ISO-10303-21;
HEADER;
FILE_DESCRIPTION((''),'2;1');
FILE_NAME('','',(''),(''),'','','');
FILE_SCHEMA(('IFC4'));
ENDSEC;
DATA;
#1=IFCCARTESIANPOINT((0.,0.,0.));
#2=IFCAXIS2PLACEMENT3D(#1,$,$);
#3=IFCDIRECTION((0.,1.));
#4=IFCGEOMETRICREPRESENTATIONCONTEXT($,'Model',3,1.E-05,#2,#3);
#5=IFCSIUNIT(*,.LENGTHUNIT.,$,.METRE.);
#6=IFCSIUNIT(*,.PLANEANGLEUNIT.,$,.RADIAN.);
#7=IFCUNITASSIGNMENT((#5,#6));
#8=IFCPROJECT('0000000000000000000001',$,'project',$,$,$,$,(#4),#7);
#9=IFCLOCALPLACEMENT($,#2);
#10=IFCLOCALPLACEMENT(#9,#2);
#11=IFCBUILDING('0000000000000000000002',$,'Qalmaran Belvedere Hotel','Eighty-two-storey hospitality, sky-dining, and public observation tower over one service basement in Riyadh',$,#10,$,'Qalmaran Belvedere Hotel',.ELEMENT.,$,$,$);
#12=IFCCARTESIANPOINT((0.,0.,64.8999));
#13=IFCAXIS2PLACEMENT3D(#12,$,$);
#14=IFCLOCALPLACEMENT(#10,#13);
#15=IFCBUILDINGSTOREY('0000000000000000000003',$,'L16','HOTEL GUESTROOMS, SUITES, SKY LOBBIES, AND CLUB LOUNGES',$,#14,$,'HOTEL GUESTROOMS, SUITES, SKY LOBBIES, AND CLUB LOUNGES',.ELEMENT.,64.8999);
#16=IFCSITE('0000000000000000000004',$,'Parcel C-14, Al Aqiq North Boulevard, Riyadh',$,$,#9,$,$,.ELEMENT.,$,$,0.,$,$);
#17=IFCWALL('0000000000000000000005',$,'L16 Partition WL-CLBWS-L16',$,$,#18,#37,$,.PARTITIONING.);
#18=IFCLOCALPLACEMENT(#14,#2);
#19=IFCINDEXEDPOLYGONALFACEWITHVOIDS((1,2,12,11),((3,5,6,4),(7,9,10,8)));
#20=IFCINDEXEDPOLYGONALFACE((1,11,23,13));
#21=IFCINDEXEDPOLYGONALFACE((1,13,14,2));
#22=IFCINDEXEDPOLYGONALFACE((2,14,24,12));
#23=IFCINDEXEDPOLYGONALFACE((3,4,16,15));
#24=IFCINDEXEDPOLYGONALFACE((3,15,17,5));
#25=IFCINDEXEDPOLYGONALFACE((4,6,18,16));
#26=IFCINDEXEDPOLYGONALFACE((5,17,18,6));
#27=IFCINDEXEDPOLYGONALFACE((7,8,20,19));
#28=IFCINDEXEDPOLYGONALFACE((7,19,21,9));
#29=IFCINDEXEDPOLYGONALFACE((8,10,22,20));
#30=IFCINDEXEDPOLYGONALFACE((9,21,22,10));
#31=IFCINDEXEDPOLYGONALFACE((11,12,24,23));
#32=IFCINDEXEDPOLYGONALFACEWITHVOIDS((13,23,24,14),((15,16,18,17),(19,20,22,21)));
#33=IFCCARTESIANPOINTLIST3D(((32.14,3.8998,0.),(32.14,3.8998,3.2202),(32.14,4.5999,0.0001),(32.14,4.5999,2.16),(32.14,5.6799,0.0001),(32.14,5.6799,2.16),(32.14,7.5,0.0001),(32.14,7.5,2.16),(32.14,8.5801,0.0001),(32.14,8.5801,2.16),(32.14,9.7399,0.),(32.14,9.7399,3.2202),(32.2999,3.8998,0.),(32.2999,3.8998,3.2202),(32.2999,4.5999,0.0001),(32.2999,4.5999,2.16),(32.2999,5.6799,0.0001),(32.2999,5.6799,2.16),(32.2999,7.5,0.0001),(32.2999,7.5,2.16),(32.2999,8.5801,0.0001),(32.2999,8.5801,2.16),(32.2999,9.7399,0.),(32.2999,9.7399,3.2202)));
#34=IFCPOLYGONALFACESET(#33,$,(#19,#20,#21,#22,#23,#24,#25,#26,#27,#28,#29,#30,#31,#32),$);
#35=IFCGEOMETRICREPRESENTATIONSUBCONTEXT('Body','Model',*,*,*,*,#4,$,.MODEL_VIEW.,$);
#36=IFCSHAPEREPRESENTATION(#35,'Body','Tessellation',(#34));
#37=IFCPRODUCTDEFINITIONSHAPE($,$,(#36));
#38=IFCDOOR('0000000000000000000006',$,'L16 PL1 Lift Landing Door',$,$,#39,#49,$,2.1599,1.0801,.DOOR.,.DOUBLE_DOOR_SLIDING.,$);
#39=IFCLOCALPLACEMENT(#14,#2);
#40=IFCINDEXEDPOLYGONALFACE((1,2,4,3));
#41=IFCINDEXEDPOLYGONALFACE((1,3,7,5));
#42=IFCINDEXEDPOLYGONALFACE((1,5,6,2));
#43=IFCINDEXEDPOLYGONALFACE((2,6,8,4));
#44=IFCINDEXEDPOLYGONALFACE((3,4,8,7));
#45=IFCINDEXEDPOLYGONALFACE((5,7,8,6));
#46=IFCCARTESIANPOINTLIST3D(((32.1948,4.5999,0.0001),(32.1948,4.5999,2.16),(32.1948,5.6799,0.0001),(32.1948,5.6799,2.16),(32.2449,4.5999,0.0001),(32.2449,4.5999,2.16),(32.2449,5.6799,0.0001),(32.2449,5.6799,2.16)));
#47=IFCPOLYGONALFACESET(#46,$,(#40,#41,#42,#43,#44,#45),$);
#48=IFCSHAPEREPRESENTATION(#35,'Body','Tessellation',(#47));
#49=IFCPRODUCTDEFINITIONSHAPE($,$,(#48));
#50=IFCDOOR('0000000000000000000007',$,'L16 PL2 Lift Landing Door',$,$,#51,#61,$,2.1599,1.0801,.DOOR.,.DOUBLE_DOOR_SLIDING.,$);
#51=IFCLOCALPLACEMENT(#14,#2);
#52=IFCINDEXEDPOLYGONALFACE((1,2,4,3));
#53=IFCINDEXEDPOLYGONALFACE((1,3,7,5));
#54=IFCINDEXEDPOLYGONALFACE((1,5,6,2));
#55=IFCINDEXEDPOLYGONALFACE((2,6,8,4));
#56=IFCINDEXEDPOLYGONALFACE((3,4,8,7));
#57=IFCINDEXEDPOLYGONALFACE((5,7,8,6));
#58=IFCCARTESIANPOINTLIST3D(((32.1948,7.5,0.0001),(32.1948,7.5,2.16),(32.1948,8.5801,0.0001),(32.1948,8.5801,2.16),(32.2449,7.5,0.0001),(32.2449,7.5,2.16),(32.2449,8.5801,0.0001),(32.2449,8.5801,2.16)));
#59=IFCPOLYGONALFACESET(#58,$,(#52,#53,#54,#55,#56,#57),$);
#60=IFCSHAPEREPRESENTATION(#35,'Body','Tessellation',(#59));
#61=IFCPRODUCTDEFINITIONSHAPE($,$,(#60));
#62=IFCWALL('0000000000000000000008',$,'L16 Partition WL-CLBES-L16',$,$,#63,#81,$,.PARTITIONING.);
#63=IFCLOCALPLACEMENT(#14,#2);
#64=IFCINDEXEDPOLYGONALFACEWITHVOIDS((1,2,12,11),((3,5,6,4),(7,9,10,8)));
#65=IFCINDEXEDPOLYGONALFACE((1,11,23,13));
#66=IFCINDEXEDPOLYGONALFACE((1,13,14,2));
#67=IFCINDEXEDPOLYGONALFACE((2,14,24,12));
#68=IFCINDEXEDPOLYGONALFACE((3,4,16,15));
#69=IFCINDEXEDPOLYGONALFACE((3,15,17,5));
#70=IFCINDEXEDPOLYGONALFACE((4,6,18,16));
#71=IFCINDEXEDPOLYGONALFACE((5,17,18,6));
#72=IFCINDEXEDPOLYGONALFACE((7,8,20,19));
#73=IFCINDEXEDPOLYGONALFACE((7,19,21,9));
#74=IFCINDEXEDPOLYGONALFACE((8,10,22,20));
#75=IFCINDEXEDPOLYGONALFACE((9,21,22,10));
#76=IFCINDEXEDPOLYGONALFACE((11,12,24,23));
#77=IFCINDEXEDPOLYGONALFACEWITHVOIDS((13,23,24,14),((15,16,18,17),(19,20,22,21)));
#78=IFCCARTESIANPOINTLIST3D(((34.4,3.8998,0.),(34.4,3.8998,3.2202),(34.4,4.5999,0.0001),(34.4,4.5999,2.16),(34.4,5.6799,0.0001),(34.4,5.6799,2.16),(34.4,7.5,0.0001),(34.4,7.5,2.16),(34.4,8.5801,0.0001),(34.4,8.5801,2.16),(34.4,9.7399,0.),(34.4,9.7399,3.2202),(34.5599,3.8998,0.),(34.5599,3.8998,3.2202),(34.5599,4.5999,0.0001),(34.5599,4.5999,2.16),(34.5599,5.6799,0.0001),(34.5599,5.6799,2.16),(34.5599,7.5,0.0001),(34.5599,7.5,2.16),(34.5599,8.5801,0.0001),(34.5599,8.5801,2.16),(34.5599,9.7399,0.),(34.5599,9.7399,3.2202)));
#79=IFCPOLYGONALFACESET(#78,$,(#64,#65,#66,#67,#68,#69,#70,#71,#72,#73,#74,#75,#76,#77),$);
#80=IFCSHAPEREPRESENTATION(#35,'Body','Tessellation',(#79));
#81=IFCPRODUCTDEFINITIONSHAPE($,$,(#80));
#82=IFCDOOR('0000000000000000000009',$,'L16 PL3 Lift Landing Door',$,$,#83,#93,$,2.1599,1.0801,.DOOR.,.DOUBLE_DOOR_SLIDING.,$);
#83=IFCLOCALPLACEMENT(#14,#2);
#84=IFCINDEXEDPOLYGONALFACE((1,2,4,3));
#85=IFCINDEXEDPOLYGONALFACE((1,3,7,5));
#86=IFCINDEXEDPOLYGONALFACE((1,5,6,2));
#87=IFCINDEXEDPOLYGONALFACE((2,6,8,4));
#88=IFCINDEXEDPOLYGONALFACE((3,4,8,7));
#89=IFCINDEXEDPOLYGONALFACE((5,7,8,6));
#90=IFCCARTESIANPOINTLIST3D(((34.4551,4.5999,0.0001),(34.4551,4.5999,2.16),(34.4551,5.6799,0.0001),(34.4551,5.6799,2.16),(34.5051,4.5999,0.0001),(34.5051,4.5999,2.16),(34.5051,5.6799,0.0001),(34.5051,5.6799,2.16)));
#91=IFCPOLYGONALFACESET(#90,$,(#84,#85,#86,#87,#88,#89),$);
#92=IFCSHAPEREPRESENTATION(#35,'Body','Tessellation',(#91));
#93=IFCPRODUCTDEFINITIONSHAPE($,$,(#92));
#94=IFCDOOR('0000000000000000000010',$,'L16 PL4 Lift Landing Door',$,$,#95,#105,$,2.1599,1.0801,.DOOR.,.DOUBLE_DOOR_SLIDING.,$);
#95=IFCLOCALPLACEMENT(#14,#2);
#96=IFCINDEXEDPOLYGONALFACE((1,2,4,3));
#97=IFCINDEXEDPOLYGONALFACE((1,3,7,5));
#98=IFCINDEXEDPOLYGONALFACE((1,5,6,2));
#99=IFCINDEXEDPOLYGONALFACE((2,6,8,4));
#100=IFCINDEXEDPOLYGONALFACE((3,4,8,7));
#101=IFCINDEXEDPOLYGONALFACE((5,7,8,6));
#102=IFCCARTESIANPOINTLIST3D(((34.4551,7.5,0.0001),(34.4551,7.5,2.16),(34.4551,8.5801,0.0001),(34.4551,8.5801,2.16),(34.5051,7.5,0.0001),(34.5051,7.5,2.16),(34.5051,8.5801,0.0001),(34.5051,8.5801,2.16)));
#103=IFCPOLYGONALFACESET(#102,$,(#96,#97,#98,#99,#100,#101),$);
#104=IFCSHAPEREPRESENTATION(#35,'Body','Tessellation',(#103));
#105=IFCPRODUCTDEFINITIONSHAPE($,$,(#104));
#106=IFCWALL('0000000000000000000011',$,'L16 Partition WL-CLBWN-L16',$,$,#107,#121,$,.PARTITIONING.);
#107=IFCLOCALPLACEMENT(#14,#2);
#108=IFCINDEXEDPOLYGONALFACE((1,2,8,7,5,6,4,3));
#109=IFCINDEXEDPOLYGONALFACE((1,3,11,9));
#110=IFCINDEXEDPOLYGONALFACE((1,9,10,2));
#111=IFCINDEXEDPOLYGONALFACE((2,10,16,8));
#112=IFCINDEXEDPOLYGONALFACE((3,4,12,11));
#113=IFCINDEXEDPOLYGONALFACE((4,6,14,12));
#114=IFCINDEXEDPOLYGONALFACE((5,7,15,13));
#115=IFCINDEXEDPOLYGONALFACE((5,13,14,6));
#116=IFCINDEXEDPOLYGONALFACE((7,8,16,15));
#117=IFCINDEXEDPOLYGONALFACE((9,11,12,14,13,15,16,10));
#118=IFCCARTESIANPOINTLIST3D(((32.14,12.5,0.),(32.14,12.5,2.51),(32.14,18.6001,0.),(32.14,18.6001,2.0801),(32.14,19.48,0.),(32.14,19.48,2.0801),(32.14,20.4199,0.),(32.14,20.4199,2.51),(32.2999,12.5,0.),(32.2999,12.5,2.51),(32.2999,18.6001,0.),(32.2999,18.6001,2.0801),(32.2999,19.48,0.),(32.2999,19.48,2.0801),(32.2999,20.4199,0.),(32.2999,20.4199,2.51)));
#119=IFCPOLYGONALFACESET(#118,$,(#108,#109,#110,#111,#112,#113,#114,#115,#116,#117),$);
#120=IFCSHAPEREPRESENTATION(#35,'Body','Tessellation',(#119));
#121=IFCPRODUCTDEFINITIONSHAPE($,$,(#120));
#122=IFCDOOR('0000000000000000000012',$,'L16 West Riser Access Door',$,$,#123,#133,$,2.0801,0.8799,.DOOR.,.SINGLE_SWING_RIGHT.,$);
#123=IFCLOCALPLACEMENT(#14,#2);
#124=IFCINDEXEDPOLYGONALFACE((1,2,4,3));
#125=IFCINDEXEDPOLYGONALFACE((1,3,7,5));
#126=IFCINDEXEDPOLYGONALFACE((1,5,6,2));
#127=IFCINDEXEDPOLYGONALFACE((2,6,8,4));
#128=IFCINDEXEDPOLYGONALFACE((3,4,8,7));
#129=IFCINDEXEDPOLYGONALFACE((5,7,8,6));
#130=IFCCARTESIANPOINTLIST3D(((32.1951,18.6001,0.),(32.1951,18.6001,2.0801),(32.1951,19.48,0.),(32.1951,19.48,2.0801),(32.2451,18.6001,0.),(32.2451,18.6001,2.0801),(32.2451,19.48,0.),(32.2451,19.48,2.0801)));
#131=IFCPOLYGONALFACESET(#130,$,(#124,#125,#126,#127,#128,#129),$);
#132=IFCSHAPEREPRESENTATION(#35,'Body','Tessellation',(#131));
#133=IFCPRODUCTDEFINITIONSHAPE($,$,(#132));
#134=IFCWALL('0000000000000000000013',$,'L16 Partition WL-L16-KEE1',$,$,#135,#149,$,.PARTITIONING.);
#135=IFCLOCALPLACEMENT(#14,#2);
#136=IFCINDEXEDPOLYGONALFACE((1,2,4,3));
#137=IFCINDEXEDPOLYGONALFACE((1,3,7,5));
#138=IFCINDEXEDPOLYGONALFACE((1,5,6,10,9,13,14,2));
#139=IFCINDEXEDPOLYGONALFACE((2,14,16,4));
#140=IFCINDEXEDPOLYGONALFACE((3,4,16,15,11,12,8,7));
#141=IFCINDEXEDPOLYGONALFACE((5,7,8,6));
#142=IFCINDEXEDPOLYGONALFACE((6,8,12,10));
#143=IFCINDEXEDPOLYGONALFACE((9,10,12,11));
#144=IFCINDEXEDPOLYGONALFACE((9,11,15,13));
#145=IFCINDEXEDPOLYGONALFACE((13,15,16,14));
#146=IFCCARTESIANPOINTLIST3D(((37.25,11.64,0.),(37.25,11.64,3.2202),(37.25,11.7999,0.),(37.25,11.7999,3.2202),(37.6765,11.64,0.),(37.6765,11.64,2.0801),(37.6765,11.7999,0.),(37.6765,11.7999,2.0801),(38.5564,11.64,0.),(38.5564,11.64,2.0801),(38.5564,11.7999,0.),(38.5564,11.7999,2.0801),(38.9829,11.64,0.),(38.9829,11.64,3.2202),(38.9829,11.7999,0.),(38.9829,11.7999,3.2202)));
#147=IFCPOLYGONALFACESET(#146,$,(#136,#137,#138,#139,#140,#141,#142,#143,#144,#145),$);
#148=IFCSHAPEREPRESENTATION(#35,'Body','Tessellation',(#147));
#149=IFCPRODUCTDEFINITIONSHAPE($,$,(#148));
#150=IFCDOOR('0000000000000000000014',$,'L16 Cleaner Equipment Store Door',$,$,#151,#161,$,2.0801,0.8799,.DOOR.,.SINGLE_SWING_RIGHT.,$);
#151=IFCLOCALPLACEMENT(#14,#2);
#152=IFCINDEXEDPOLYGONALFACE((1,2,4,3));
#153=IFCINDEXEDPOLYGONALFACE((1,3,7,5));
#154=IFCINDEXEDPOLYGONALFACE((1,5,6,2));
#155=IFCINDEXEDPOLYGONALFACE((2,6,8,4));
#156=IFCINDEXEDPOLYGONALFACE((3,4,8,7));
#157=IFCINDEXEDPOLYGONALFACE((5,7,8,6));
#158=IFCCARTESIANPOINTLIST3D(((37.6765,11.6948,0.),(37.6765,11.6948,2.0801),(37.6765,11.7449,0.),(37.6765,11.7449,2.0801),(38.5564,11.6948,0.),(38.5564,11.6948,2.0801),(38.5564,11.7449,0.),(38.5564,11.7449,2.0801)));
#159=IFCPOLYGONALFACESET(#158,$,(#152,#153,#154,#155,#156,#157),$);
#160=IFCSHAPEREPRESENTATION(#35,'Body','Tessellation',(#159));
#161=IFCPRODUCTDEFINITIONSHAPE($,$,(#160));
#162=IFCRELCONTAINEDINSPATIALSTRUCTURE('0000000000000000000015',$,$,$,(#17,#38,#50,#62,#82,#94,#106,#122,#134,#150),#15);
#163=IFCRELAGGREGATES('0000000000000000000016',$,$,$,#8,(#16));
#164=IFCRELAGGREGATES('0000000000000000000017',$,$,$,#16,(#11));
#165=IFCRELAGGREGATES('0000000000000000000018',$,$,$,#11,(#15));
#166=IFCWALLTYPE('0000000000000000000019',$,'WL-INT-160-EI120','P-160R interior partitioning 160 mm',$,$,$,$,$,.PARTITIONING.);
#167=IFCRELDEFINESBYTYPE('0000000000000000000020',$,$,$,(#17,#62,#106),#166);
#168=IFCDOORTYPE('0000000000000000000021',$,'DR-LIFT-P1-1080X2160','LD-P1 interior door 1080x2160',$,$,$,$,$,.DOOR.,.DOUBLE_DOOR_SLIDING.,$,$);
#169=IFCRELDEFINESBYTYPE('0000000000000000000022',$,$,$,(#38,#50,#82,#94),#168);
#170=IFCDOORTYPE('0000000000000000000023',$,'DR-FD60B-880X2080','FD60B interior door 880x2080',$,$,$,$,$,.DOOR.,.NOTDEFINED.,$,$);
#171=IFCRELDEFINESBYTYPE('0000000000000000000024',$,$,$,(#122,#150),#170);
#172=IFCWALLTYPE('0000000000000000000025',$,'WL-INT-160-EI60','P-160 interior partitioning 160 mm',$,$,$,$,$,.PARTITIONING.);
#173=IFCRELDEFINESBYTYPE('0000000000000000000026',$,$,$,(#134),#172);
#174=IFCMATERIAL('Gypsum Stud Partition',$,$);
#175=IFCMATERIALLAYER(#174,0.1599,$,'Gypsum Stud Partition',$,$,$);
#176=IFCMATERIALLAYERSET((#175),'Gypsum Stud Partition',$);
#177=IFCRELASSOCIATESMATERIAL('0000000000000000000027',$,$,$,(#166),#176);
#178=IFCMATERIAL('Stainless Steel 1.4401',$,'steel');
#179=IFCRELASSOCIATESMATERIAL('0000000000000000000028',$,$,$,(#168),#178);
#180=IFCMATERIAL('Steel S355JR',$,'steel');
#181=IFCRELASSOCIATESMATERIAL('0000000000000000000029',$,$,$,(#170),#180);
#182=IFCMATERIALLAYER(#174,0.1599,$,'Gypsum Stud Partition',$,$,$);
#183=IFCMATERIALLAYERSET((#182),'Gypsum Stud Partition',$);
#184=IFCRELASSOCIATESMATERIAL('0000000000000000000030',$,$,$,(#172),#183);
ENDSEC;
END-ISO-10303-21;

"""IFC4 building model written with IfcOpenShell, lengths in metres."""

from ifc_helpers import new_model, si_unit, direction, frame, frame_2d, origin, place, context, subcontext, project, spatial, rectangle, extrude, material, layer, layer_set, type_object, element, fill, save


model = new_model("IFC4")

# Units and contexts
model_context = context("Model", 3, precision=1e-05, world=origin(), true_north=direction((0.0, 1.0)))
body_context = subcontext(model_context, "Body", "Model", "MODEL_VIEW")
ifc_project = project(units=[si_unit("LENGTHUNIT", "METRE"), si_unit("PLANEANGLEUNIT", "RADIAN")], contexts=[model_context])

# Site, building, storey
site_placement = place(None, origin())
site = spatial("IfcSite", under=ifc_project, at=site_placement, Name="Parcel C-14, Al Aqiq North Boulevard, Riyadh", CompositionType="ELEMENT", RefElevation=0.0)
building_placement = place(site_placement, origin())
building = spatial("IfcBuilding", under=site, at=building_placement, Name="Qalmaran Belvedere Hotel", Description="Eighty-two-storey hospitality, sky-dining, and public observation tower over one service basement in Riyadh", LongName="Qalmaran Belvedere Hotel", CompositionType="ELEMENT")
storey_placement = place(building_placement, frame((0.0, 0.0, 64.8999)))
storey = spatial("IfcBuildingStorey", under=building, at=storey_placement, Name="L16", Description="HOTEL GUESTROOMS, SUITES, SKY LOBBIES, AND CLUB LOUNGES", LongName="HOTEL GUESTROOMS, SUITES, SKY LOBBIES, AND CLUB LOUNGES", CompositionType="ELEMENT", Elevation=64.8999)

# Shared definitions
ifc_material_1 = material(Name="Steel S355JR", Category="steel")

# Shared definitions
ifc_material_2 = material(Name="Gypsum Stud Partition")
ifc_layer_1 = layer(ifc_material_2, 0.1599, Name="Gypsum Stud Partition")
ifc_layer_set_1 = layer_set([ifc_layer_1], Name="Gypsum Stud Partition")
wall_type_1 = type_object("IfcWallType", Name="WL-INT-160-EI120", Description="P-160R interior partitioning 160 mm", PredefinedType="PARTITIONING", material=ifc_layer_set_1)

# Walls, openings, doors
wall_1_placement = place(storey_placement, frame((32.22, 3.8999, 0.0), z_axis=(0.0, 0.0, 1.0), x_axis=(0.0, 1.0, 0.0)))
wall_1 = element("IfcWall", 1, at=wall_1_placement, inside=storey, type_object=wall_type_1, Name="L16 Partition WL-CLBWS-L16", PredefinedType="PARTITIONING", context=body_context, shape_type="SweptSolid", body=[
    extrude(rectangle(XDim=5.8401, YDim=0.1599, at=frame_2d((2.9199, 0.0))), origin(), (0.0, 0.0, 1.0), 3.2202),
])
opening_1_placement = place(wall_1_placement, frame((1.78, 0.0, 0.0), z_axis=(0.0, 0.0, 1.0), x_axis=(-1.0, 0.0, 0.0)))
opening_1 = element("IfcOpeningElement", 2, at=opening_1_placement, cuts=wall_1, PredefinedType="OPENING", context=body_context, shape_type="SweptSolid", body=[
    extrude(rectangle(XDim=1.0801, YDim=2.1599, at=frame_2d((0.54, 1.0801))), frame((0.0, 0.0898, 0.0), z_axis=(0.0, -1.0, 0.0), x_axis=(1.0, 0.0, 0.0)), (0.0, 0.0, 1.0), 0.1799),
])
opening_2_placement = place(wall_1_placement, frame((4.6802, 0.0, 0.0), z_axis=(0.0, 0.0, 1.0), x_axis=(-1.0, 0.0, 0.0)))
opening_2 = element("IfcOpeningElement", 3, at=opening_2_placement, cuts=wall_1, PredefinedType="OPENING", context=body_context, shape_type="SweptSolid", body=[
    extrude(rectangle(XDim=1.0801, YDim=2.1599, at=frame_2d((0.54, 1.0801))), frame((0.0, 0.0898, 0.0), z_axis=(0.0, -1.0, 0.0), x_axis=(1.0, 0.0, 0.0)), (0.0, 0.0, 1.0), 0.1799),
])
ifc_material_3 = material(Name="Stainless Steel 1.4401", Category="steel")
door_type_1 = type_object("IfcDoorType", Name="DR-LIFT-P1-1080X2160", Description="LD-P1 interior door 1080x2160", OperationType="DOUBLE_DOOR_SLIDING", PredefinedType="DOOR", material=ifc_material_3)
door_1_placement = place(opening_1_placement, origin())
door_1 = element("IfcDoor", 4, at=door_1_placement, inside=storey, type_object=door_type_1, Name="L16 PL1 Lift Landing Door", OperationType="DOUBLE_DOOR_SLIDING", OverallHeight=2.1599, OverallWidth=1.0801, PredefinedType="DOOR", context=body_context, shape_type="SweptSolid", body=[
    extrude(rectangle(XDim=1.0801, YDim=2.1599, at=frame_2d((0.54, 1.0801))), frame((0.0, 0.0249, 0.0), z_axis=(0.0, -1.0, 0.0), x_axis=(1.0, 0.0, 0.0)), (0.0, 0.0, 1.0), 0.05),
])
fill(opening_1, door_1)
door_2_placement = place(opening_2_placement, origin())
door_2 = element("IfcDoor", 5, at=door_2_placement, inside=storey, type_object=door_type_1, Name="L16 PL2 Lift Landing Door", OperationType="DOUBLE_DOOR_SLIDING", OverallHeight=2.1599, OverallWidth=1.0801, PredefinedType="DOOR", context=body_context, shape_type="SweptSolid", body=[
    extrude(rectangle(XDim=1.0801, YDim=2.1599, at=frame_2d((0.54, 1.0801))), frame((0.0, 0.0249, 0.0), z_axis=(0.0, -1.0, 0.0), x_axis=(1.0, 0.0, 0.0)), (0.0, 0.0, 1.0), 0.05),
])
fill(opening_2, door_2)
wall_2_placement = place(storey_placement, frame((34.48, 3.8999, 0.0), z_axis=(0.0, 0.0, 1.0), x_axis=(0.0, 1.0, 0.0)))
wall_2 = element("IfcWall", 6, at=wall_2_placement, inside=storey, type_object=wall_type_1, Name="L16 Partition WL-CLBES-L16", PredefinedType="PARTITIONING", context=body_context, shape_type="SweptSolid", body=[
    extrude(rectangle(XDim=5.8401, YDim=0.1599, at=frame_2d((2.9199, 0.0))), origin(), (0.0, 0.0, 1.0), 3.2202),
])
opening_3_placement = place(wall_2_placement, frame((0.7, 0.0, 0.0)))
opening_3 = element("IfcOpeningElement", 7, at=opening_3_placement, cuts=wall_2, PredefinedType="OPENING", context=body_context, shape_type="SweptSolid", body=[
    extrude(rectangle(XDim=1.0801, YDim=2.1599, at=frame_2d((0.54, 1.0801))), frame((0.0, 0.0898, 0.0), z_axis=(0.0, -1.0, 0.0), x_axis=(1.0, 0.0, 0.0)), (0.0, 0.0, 1.0), 0.1799),
])
opening_4_placement = place(wall_2_placement, frame((3.6001, 0.0, 0.0)))
opening_4 = element("IfcOpeningElement", 8, at=opening_4_placement, cuts=wall_2, PredefinedType="OPENING", context=body_context, shape_type="SweptSolid", body=[
    extrude(rectangle(XDim=1.0801, YDim=2.1599, at=frame_2d((0.54, 1.0801))), frame((0.0, 0.0898, 0.0), z_axis=(0.0, -1.0, 0.0), x_axis=(1.0, 0.0, 0.0)), (0.0, 0.0, 1.0), 0.1799),
])
door_3_placement = place(opening_3_placement, origin())
door_3 = element("IfcDoor", 9, at=door_3_placement, inside=storey, type_object=door_type_1, Name="L16 PL3 Lift Landing Door", OperationType="DOUBLE_DOOR_SLIDING", OverallHeight=2.1599, OverallWidth=1.0801, PredefinedType="DOOR", context=body_context, shape_type="SweptSolid", body=[
    extrude(rectangle(XDim=1.0801, YDim=2.1599, at=frame_2d((0.54, 1.0801))), frame((0.0, 0.0249, 0.0), z_axis=(0.0, -1.0, 0.0), x_axis=(1.0, 0.0, 0.0)), (0.0, 0.0, 1.0), 0.05),
])
fill(opening_3, door_3)
door_4_placement = place(opening_4_placement, origin())
door_4 = element("IfcDoor", 10, at=door_4_placement, inside=storey, type_object=door_type_1, Name="L16 PL4 Lift Landing Door", OperationType="DOUBLE_DOOR_SLIDING", OverallHeight=2.1599, OverallWidth=1.0801, PredefinedType="DOOR", context=body_context, shape_type="SweptSolid", body=[
    extrude(rectangle(XDim=1.0801, YDim=2.1599, at=frame_2d((0.54, 1.0801))), frame((0.0, 0.0249, 0.0), z_axis=(0.0, -1.0, 0.0), x_axis=(1.0, 0.0, 0.0)), (0.0, 0.0, 1.0), 0.05),
])
fill(opening_4, door_4)

# Walls, openings, doors
wall_3_placement = place(storey_placement, frame((32.22, 12.5, 0.0), z_axis=(0.0, 0.0, 1.0), x_axis=(0.0, 1.0, 0.0)))
wall_3 = element("IfcWall", 11, at=wall_3_placement, inside=storey, type_object=wall_type_1, Name="L16 Partition WL-CLBWN-L16", PredefinedType="PARTITIONING", context=body_context, shape_type="SweptSolid", body=[
    extrude(rectangle(XDim=7.9199, YDim=0.1599, at=frame_2d((3.96, 0.0))), origin(), (0.0, 0.0, 1.0), 2.51),
])
opening_5_placement = place(wall_3_placement, frame((6.1001, 0.0, 0.0)))
opening_5 = element("IfcOpeningElement", 12, at=opening_5_placement, cuts=wall_3, PredefinedType="OPENING", context=body_context, shape_type="SweptSolid", body=[
    extrude(rectangle(XDim=0.8799, YDim=2.0801, at=frame_2d((0.4399, 1.04))), frame((0.0, 0.0898, 0.0), z_axis=(0.0, -1.0, 0.0), x_axis=(1.0, 0.0, 0.0)), (0.0, 0.0, 1.0), 0.1799),
])
door_type_2 = type_object("IfcDoorType", Name="DR-FD60B-880X2080", Description="FD60B interior door 880x2080", OperationType="NOTDEFINED", PredefinedType="DOOR", material=ifc_material_1)
door_5_placement = place(opening_5_placement, origin())
door_5 = element("IfcDoor", 13, at=door_5_placement, inside=storey, type_object=door_type_2, Name="L16 West Riser Access Door", OperationType="SINGLE_SWING_RIGHT", OverallHeight=2.0801, OverallWidth=0.8799, PredefinedType="DOOR", context=body_context, shape_type="SweptSolid", body=[
    extrude(rectangle(XDim=0.8799, YDim=2.0801, at=frame_2d((0.4399, 1.04))), frame((0.0, 0.0249, 0.0), z_axis=(0.0, -1.0, 0.0), x_axis=(1.0, 0.0, 0.0)), (0.0, 0.0, 1.0), 0.05),
])
fill(opening_5, door_5)
ifc_layer_2 = layer(ifc_material_2, 0.1599, Name="Gypsum Stud Partition")
ifc_layer_set_2 = layer_set([ifc_layer_2], Name="Gypsum Stud Partition")
wall_type_2 = type_object("IfcWallType", Name="WL-INT-160-EI60", Description="P-160 interior partitioning 160 mm", PredefinedType="PARTITIONING", material=ifc_layer_set_2)
wall_4_placement = place(storey_placement, frame((37.25, 11.72, 0.0), z_axis=(0.0, 0.0, 1.0), x_axis=(1.0, 0.0, 0.0)))
wall_4 = element("IfcWall", 14, at=wall_4_placement, inside=storey, type_object=wall_type_2, Name="L16 Partition WL-L16-KEE1", PredefinedType="PARTITIONING", context=body_context, shape_type="SweptSolid", body=[
    extrude(rectangle(XDim=1.7329, YDim=0.1599, at=frame_2d((0.8665, 0.0))), origin(), (0.0, 0.0, 1.0), 3.2202),
])
opening_6_placement = place(wall_4_placement, frame((0.4265, 0.0, 0.0)))
opening_6 = element("IfcOpeningElement", 15, at=opening_6_placement, cuts=wall_4, PredefinedType="OPENING", context=body_context, shape_type="SweptSolid", body=[
    extrude(rectangle(XDim=0.8799, YDim=2.0801, at=frame_2d((0.4399, 1.04))), frame((0.0, 0.0898, 0.0), z_axis=(0.0, -1.0, 0.0), x_axis=(1.0, 0.0, 0.0)), (0.0, 0.0, 1.0), 0.1799),
])
door_6_placement = place(opening_6_placement, origin())
door_6 = element("IfcDoor", 16, at=door_6_placement, inside=storey, type_object=door_type_2, Name="L16 Cleaner Equipment Store Door", OperationType="SINGLE_SWING_RIGHT", OverallHeight=2.0801, OverallWidth=0.8799, PredefinedType="DOOR", context=body_context, shape_type="SweptSolid", body=[
    extrude(rectangle(XDim=0.8799, YDim=2.0801, at=frame_2d((0.4399, 1.04))), frame((0.0, 0.0249, 0.0), z_axis=(0.0, -1.0, 0.0), x_axis=(1.0, 0.0, 0.0)), (0.0, 0.0, 1.0), 0.05),
])
fill(opening_6, door_6)

save(model, "model.ifc")
